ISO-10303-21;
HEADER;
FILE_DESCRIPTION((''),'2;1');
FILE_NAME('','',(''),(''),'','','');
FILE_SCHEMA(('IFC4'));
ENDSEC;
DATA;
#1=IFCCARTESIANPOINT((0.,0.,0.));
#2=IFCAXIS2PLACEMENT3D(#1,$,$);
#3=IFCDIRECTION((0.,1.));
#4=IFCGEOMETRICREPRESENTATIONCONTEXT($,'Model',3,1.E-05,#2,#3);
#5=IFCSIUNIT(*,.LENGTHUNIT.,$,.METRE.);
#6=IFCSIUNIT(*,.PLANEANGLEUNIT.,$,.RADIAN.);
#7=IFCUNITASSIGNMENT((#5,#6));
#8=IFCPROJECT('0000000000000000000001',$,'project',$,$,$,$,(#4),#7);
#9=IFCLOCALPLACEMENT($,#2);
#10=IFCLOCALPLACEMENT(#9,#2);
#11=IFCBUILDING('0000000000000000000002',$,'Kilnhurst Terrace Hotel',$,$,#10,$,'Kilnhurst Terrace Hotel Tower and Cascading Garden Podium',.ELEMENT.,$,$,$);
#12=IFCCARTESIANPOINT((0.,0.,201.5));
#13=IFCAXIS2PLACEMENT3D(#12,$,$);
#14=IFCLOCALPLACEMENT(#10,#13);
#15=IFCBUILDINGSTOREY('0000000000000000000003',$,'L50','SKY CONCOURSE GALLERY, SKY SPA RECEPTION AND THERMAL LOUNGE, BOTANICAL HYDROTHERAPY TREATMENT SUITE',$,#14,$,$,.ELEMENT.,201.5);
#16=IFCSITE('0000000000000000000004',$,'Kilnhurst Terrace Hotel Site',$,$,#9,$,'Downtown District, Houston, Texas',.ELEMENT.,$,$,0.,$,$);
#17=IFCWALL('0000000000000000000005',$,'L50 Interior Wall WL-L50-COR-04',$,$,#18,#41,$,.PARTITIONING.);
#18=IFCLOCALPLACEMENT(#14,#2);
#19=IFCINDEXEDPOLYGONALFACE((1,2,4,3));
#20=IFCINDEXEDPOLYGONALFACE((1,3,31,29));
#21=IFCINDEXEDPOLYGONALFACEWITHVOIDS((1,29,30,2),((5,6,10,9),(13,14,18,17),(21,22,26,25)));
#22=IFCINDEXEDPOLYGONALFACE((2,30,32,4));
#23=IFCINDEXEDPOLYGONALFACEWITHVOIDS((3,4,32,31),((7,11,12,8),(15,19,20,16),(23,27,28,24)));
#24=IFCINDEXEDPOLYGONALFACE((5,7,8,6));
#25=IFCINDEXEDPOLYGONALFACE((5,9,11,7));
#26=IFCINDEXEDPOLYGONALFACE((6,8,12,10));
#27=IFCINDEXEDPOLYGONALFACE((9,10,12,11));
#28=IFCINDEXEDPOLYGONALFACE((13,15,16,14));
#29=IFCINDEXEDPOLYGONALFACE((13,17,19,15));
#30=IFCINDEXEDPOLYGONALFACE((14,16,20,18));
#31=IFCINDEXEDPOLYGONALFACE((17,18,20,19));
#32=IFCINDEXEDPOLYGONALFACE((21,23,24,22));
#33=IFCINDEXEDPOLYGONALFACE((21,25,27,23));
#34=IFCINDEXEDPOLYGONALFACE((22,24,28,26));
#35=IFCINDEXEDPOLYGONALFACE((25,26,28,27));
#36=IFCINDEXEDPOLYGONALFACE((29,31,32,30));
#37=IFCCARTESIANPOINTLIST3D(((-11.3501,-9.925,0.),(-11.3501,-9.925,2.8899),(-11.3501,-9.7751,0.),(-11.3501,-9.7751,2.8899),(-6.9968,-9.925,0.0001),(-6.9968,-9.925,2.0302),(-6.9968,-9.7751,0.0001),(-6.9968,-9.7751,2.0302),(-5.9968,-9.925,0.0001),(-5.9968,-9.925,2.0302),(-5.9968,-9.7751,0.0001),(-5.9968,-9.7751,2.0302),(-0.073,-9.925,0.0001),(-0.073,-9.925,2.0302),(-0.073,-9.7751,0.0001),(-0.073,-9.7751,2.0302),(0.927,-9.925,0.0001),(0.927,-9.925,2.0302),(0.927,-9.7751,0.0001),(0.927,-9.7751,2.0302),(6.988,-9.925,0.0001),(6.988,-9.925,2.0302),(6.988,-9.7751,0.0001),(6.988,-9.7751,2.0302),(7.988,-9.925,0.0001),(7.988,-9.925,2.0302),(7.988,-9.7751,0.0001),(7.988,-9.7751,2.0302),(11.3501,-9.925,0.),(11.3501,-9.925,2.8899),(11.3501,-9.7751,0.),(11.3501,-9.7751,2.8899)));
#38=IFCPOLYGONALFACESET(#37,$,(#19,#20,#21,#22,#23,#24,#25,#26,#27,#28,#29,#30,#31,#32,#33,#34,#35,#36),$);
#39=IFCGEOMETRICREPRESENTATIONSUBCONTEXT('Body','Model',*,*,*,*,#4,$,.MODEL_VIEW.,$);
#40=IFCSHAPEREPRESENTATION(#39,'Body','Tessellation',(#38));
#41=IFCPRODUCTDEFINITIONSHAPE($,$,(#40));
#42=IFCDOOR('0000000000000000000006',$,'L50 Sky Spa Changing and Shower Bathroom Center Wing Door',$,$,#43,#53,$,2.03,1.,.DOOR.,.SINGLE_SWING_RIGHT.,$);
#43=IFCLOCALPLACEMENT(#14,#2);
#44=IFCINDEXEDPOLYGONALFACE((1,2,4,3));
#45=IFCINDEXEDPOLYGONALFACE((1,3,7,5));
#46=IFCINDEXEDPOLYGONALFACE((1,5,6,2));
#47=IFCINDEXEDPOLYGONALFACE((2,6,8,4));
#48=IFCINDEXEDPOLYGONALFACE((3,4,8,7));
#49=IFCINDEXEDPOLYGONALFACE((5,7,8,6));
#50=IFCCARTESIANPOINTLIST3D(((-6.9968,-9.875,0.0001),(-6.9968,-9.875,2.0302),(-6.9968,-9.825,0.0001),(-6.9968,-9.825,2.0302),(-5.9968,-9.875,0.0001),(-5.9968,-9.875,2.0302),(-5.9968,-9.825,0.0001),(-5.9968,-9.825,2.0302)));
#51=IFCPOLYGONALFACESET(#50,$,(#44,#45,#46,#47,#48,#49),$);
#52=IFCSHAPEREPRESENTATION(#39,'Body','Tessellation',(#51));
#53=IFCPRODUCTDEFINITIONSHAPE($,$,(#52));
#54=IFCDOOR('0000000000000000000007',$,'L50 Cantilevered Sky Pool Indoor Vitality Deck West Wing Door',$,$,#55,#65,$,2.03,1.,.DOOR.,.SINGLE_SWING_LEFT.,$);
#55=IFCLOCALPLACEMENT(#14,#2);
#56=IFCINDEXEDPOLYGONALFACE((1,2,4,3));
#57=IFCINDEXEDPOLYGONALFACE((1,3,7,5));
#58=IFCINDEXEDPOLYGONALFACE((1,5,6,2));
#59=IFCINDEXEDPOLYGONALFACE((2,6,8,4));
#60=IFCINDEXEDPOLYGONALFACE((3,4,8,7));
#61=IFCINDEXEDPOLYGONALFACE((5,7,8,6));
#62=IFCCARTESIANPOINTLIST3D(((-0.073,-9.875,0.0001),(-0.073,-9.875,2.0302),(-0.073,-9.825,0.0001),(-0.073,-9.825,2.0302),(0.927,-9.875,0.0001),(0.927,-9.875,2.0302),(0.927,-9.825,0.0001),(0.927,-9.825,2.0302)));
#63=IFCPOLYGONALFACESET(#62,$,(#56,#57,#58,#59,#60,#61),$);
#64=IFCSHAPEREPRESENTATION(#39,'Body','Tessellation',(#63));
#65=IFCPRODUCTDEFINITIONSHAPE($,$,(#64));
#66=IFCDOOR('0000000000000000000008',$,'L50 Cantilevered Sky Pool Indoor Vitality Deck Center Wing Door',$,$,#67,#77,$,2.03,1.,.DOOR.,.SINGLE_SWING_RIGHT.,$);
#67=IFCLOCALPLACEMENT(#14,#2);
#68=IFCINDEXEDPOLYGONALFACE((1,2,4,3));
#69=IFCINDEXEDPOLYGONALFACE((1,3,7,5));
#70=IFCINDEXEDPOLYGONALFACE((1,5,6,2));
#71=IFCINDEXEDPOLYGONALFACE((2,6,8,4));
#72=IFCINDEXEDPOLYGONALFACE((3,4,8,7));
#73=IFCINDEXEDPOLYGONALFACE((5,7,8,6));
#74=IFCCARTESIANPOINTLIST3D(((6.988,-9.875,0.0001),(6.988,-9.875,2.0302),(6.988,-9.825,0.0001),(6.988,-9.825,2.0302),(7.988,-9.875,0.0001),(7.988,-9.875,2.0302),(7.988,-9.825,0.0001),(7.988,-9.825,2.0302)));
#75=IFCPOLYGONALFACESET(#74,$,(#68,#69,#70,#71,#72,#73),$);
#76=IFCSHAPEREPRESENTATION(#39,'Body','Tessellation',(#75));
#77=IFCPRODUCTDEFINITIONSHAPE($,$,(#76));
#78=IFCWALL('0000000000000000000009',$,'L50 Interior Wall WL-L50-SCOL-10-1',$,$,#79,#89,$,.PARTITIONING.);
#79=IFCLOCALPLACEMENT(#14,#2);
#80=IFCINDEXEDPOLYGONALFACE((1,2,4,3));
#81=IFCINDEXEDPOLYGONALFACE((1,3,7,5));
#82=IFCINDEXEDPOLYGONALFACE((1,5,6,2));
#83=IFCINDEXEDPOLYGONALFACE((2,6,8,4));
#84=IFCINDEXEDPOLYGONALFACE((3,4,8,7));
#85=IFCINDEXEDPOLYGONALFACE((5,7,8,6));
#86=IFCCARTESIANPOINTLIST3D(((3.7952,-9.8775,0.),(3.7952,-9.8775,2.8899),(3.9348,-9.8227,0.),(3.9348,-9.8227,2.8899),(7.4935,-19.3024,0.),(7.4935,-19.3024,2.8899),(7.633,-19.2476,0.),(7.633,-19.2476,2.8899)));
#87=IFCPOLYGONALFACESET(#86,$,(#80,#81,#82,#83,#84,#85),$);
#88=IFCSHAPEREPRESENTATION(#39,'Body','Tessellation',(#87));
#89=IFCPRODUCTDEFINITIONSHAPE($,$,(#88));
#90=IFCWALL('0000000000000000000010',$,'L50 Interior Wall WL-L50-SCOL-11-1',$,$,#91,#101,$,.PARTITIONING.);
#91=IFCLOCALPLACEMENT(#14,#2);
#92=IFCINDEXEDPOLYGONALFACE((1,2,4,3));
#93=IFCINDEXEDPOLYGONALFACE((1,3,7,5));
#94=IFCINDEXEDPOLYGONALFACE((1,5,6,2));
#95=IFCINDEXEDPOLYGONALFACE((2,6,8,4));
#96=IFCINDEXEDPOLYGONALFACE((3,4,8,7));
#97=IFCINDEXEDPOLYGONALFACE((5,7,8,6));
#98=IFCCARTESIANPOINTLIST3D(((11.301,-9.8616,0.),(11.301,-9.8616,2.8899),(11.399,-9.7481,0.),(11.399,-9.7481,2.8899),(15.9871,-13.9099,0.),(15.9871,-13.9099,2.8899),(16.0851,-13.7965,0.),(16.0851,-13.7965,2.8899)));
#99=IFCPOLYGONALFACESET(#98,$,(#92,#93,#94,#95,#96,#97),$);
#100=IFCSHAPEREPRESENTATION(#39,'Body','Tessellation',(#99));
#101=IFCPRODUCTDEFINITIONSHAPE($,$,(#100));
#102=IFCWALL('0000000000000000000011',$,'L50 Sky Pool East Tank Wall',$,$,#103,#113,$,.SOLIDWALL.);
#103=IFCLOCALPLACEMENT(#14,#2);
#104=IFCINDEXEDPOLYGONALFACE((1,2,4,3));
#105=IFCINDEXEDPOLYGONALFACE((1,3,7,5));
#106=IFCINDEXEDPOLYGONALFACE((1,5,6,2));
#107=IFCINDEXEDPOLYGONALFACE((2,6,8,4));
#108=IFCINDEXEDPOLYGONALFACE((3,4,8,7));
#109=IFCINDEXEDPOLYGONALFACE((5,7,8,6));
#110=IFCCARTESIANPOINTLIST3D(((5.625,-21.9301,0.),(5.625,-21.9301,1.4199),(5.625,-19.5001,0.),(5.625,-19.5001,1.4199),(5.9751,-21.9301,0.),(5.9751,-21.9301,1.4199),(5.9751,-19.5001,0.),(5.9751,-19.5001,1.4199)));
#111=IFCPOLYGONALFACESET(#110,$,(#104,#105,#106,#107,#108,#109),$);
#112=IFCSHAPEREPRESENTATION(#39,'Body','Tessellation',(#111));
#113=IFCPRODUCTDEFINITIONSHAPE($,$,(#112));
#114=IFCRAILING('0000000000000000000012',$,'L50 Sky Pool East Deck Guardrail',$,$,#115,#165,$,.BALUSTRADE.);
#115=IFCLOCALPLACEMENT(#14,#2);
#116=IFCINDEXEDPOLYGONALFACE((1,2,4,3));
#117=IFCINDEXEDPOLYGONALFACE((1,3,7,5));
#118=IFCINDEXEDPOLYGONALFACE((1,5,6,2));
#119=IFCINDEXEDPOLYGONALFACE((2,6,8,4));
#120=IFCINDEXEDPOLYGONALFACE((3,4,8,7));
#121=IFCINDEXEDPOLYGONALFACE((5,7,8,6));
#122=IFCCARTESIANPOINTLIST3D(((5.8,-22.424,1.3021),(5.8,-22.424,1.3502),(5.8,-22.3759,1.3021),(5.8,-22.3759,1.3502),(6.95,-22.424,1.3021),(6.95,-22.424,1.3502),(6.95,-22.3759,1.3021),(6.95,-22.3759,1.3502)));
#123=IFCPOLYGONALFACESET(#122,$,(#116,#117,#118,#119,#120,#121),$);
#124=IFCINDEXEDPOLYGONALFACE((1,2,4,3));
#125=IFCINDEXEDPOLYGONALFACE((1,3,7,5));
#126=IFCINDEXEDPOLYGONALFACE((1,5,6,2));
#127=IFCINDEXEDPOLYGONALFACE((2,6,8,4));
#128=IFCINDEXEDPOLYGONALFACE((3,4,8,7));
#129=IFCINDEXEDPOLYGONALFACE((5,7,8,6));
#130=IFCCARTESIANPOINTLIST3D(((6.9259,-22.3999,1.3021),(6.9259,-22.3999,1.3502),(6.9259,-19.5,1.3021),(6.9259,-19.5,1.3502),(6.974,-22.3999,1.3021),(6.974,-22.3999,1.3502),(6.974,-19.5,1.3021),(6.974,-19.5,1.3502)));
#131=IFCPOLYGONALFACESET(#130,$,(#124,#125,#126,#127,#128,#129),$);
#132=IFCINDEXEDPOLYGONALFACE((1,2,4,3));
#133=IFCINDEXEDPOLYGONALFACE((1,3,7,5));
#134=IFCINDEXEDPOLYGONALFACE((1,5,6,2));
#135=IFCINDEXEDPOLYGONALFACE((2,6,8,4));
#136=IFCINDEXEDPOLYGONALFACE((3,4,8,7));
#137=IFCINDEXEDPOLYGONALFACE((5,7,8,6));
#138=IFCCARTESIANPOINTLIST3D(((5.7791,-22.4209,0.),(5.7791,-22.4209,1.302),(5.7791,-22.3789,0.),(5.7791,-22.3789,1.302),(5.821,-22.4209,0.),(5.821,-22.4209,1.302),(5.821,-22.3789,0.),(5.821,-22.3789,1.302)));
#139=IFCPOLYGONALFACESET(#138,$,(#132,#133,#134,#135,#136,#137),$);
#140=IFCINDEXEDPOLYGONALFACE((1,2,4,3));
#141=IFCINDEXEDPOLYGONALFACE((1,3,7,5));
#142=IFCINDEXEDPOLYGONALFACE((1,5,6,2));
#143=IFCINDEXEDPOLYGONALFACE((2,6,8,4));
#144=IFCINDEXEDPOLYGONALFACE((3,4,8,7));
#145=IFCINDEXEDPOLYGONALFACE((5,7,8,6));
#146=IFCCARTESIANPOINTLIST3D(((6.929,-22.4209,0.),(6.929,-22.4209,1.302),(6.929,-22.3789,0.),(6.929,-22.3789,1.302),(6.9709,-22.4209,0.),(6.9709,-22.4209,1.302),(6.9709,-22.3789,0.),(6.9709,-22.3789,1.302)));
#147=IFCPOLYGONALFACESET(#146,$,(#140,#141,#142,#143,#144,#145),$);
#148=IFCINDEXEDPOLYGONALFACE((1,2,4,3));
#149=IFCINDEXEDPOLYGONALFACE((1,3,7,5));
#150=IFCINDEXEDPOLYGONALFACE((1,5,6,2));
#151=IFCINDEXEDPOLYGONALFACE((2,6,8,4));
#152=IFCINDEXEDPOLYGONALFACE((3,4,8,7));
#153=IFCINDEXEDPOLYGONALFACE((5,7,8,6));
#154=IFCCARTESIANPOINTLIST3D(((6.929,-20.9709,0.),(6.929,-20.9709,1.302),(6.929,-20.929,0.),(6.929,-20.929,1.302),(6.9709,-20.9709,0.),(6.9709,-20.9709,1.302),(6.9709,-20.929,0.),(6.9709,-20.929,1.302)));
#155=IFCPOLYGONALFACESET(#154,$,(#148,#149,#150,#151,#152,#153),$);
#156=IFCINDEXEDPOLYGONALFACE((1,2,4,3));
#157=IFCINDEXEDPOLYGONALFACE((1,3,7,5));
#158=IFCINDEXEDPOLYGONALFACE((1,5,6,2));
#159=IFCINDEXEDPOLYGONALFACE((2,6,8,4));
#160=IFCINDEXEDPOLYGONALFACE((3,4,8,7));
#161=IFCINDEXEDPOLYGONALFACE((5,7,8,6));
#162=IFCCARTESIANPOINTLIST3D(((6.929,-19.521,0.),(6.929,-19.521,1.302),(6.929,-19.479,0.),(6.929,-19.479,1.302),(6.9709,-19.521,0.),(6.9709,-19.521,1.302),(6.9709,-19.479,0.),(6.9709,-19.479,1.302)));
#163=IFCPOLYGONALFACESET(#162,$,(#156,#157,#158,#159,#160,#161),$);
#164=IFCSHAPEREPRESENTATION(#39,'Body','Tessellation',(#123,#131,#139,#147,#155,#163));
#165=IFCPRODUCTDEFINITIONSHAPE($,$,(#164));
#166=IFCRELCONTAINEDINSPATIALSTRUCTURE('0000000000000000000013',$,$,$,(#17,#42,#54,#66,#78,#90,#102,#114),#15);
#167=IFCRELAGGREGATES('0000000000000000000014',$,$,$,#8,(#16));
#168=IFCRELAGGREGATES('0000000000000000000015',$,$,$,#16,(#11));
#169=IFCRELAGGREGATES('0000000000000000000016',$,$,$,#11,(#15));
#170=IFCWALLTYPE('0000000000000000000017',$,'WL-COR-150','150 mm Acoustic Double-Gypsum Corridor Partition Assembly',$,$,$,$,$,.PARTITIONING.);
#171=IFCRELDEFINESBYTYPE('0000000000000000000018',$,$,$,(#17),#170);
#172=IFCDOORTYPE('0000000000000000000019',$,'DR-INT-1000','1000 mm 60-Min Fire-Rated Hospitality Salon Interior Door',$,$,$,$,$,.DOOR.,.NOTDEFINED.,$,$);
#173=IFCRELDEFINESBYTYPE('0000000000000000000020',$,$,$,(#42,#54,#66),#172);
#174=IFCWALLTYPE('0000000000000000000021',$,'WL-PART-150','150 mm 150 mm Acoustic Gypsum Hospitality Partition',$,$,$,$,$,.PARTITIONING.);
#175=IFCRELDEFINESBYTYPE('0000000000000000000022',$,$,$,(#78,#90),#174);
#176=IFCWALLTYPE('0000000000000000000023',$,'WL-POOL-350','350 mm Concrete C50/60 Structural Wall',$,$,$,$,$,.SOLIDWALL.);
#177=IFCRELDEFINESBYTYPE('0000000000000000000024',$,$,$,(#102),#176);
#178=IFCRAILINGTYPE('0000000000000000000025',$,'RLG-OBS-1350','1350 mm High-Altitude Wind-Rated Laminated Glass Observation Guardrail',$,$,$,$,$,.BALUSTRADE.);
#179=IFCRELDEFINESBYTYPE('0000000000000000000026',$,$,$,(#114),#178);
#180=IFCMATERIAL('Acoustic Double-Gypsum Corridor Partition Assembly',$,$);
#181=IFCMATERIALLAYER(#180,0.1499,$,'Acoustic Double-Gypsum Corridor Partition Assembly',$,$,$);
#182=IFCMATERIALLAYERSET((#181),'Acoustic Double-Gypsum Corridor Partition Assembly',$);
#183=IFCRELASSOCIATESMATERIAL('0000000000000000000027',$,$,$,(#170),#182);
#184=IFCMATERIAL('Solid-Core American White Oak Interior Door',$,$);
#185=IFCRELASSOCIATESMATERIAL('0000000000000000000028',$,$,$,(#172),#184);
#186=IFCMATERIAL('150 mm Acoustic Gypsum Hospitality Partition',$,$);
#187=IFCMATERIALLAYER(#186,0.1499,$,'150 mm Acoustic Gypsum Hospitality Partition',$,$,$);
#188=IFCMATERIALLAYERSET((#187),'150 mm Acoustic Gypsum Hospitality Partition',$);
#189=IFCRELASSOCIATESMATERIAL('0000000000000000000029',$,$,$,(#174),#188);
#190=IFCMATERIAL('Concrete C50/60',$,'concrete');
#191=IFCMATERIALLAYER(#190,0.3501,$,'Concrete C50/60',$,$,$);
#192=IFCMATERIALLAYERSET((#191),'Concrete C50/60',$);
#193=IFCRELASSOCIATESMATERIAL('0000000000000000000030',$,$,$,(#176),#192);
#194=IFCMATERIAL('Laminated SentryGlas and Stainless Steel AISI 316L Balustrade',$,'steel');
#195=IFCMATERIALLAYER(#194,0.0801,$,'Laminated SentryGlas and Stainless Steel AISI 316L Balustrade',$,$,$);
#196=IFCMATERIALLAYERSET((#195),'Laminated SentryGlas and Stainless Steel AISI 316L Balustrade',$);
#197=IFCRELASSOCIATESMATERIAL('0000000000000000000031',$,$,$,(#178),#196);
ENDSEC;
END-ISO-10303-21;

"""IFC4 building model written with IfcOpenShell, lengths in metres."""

from ifc_helpers import new_model, si_unit, direction, frame, frame_2d, origin, origin_2d, place, context, subcontext, project, spatial, rectangle, extrude, material, layer, layer_set, type_object, element, fill, save


model = new_model("IFC4")

# Units and contexts
model_context = context("Model", 3, precision=1e-05, world=origin(), true_north=direction((0.0, 1.0)))
body_context = subcontext(model_context, "Body", "Model", "MODEL_VIEW")
ifc_project = project(units=[si_unit("LENGTHUNIT", "METRE"), si_unit("PLANEANGLEUNIT", "RADIAN")], contexts=[model_context])

# Site, building, storey
site_placement = place(None, origin())
site = spatial("IfcSite", under=ifc_project, at=site_placement, Name="Kilnhurst Terrace Hotel Site", LongName="Downtown District, Houston, Texas", CompositionType="ELEMENT", RefElevation=0.0)
building_placement = place(site_placement, origin())
building = spatial("IfcBuilding", under=site, at=building_placement, Name="Kilnhurst Terrace Hotel", LongName="Kilnhurst Terrace Hotel Tower and Cascading Garden Podium", CompositionType="ELEMENT")
storey_placement = place(building_placement, frame((0.0, 0.0, 201.5)))
storey = spatial("IfcBuildingStorey", under=building, at=storey_placement, Name="L50", Description="SKY CONCOURSE GALLERY, SKY SPA RECEPTION AND THERMAL LOUNGE, BOTANICAL HYDROTHERAPY TREATMENT SUITE", CompositionType="ELEMENT", Elevation=201.5)

# Shared definitions
ifc_material_1 = material(Name="Concrete C50/60", Category="concrete")

# Wall, openings, doors
ifc_material_2 = material(Name="Acoustic Double-Gypsum Corridor Partition Assembly")
ifc_layer_1 = layer(ifc_material_2, 0.1499, Name="Acoustic Double-Gypsum Corridor Partition Assembly")
ifc_layer_set_1 = layer_set([ifc_layer_1], Name="Acoustic Double-Gypsum Corridor Partition Assembly")
wall_type_1 = type_object("IfcWallType", Name="WL-COR-150", Description="150 mm Acoustic Double-Gypsum Corridor Partition Assembly", PredefinedType="PARTITIONING", material=ifc_layer_set_1)
wall_1_placement = place(storey_placement, frame((11.3501, -9.8501, 0.0), z_axis=(0.0, 0.0, 1.0), x_axis=(-1.0, 0.0, 0.0)))
wall_1 = element("IfcWall", 1, at=wall_1_placement, inside=storey, type_object=wall_type_1, Name="L50 Interior Wall WL-L50-COR-04", PredefinedType="PARTITIONING", context=body_context, shape_type="SweptSolid", body=[
    extrude(rectangle(XDim=22.7002, YDim=0.1499, at=frame_2d((11.3501, 0.0))), origin(), (0.0, 0.0, 1.0), 2.8899),
])
opening_1_placement = place(wall_1_placement, frame((17.3469, 0.0, 0.0)))
opening_1 = element("IfcOpeningElement", 2, at=opening_1_placement, cuts=wall_1, PredefinedType="OPENING", context=body_context, shape_type="SweptSolid", body=[
    extrude(rectangle(XDim=1.0, YDim=2.03, at=frame_2d((0.5, 1.0151))), frame((0.0, 0.085, 0.0), z_axis=(0.0, -1.0, 0.0), x_axis=(1.0, 0.0, 0.0)), (0.0, 0.0, 1.0), 0.1699),
])
opening_2_placement = place(wall_1_placement, frame((10.4231, 0.0, 0.0)))
opening_2 = element("IfcOpeningElement", 3, at=opening_2_placement, cuts=wall_1, PredefinedType="OPENING", context=body_context, shape_type="SweptSolid", body=[
    extrude(rectangle(XDim=1.0, YDim=2.03, at=frame_2d((0.5, 1.0151))), frame((0.0, 0.085, 0.0), z_axis=(0.0, -1.0, 0.0), x_axis=(1.0, 0.0, 0.0)), (0.0, 0.0, 1.0), 0.1699),
])
opening_3_placement = place(wall_1_placement, frame((3.3621, 0.0, 0.0)))
opening_3 = element("IfcOpeningElement", 4, at=opening_3_placement, cuts=wall_1, PredefinedType="OPENING", context=body_context, shape_type="SweptSolid", body=[
    extrude(rectangle(XDim=1.0, YDim=2.03, at=frame_2d((0.5, 1.0151))), frame((0.0, 0.085, 0.0), z_axis=(0.0, -1.0, 0.0), x_axis=(1.0, 0.0, 0.0)), (0.0, 0.0, 1.0), 0.1699),
])
ifc_material_3 = material(Name="Solid-Core American White Oak Interior Door")
door_type = type_object("IfcDoorType", Name="DR-INT-1000", Description="1000 mm 60-Min Fire-Rated Hospitality Salon Interior Door", OperationType="NOTDEFINED", PredefinedType="DOOR", material=ifc_material_3)
door_1_placement = place(opening_1_placement, origin())
door_1 = element("IfcDoor", 5, at=door_1_placement, inside=storey, type_object=door_type, Name="L50 Sky Spa Changing and Shower Bathroom Center Wing Door", OperationType="SINGLE_SWING_RIGHT", OverallHeight=2.03, OverallWidth=1.0, PredefinedType="DOOR", context=body_context, shape_type="SweptSolid", body=[
    extrude(rectangle(XDim=1.0, YDim=2.03, at=frame_2d((0.5, 1.0151))), frame((0.0, 0.0249, 0.0), z_axis=(0.0, -1.0, 0.0), x_axis=(1.0, 0.0, 0.0)), (0.0, 0.0, 1.0), 0.05),
])
fill(opening_1, door_1)
door_2_placement = place(opening_2_placement, origin())
door_2 = element("IfcDoor", 6, at=door_2_placement, inside=storey, type_object=door_type, Name="L50 Cantilevered Sky Pool Indoor Vitality Deck West Wing Door", OperationType="SINGLE_SWING_LEFT", OverallHeight=2.03, OverallWidth=1.0, PredefinedType="DOOR", context=body_context, shape_type="SweptSolid", body=[
    extrude(rectangle(XDim=1.0, YDim=2.03, at=frame_2d((0.5, 1.0151))), frame((0.0, 0.0249, 0.0), z_axis=(0.0, -1.0, 0.0), x_axis=(1.0, 0.0, 0.0)), (0.0, 0.0, 1.0), 0.05),
])
fill(opening_2, door_2)
door_3_placement = place(opening_3_placement, origin())
door_3 = element("IfcDoor", 7, at=door_3_placement, inside=storey, type_object=door_type, Name="L50 Cantilevered Sky Pool Indoor Vitality Deck Center Wing Door", OperationType="SINGLE_SWING_RIGHT", OverallHeight=2.03, OverallWidth=1.0, PredefinedType="DOOR", context=body_context, shape_type="SweptSolid", body=[
    extrude(rectangle(XDim=1.0, YDim=2.03, at=frame_2d((0.5, 1.0151))), frame((0.0, 0.0249, 0.0), z_axis=(0.0, -1.0, 0.0), x_axis=(1.0, 0.0, 0.0)), (0.0, 0.0, 1.0), 0.05),
])
fill(opening_3, door_3)

# Walls
ifc_material_4 = material(Name="150 mm Acoustic Gypsum Hospitality Partition")
ifc_layer_2 = layer(ifc_material_4, 0.1499, Name="150 mm Acoustic Gypsum Hospitality Partition")
ifc_layer_set_2 = layer_set([ifc_layer_2], Name="150 mm Acoustic Gypsum Hospitality Partition")
wall_type_2 = type_object("IfcWallType", Name="WL-PART-150", Description="150 mm 150 mm Acoustic Gypsum Hospitality Partition", PredefinedType="PARTITIONING", material=ifc_layer_set_2)
wall_2_placement = place(storey_placement, frame((3.865, -9.8501, 0.0), z_axis=(0.0, 0.0, 1.0), x_axis=(0.365279, -0.930898, 0.0)))
element("IfcWall", 8, at=wall_2_placement, inside=storey, type_object=wall_type_2, Name="L50 Interior Wall WL-L50-SCOL-10-1", PredefinedType="PARTITIONING", context=body_context, shape_type="SweptSolid", body=[
    extrude(rectangle(XDim=10.1245, YDim=0.1499, at=frame_2d((5.0623, 0.0))), origin(), (0.0, 0.0, 1.0), 2.8899),
])
wall_3_placement = place(storey_placement, frame((11.3501, -9.8049, 0.0), z_axis=(0.0, 0.0, 1.0), x_axis=(0.756718, -0.653741, 0.0)))
element("IfcWall", 9, at=wall_3_placement, inside=storey, type_object=wall_type_2, Name="L50 Interior Wall WL-L50-SCOL-11-1", PredefinedType="PARTITIONING", context=body_context, shape_type="SweptSolid", body=[
    extrude(rectangle(XDim=6.1926, YDim=0.1499, at=frame_2d((3.0962, 0.0))), origin(), (0.0, 0.0, 1.0), 2.8899),
])
ifc_layer_3 = layer(ifc_material_1, 0.3501, Name="Concrete C50/60")
ifc_layer_set_3 = layer_set([ifc_layer_3], Name="Concrete C50/60")
wall_type_3 = type_object("IfcWallType", Name="WL-POOL-350", Description="350 mm Concrete C50/60 Structural Wall", PredefinedType="SOLIDWALL", material=ifc_layer_set_3)
wall_4_placement = place(storey_placement, frame((5.8, -21.9299, 0.0), z_axis=(0.0, 0.0, 1.0), x_axis=(0.0, 1.0, 0.0)))
element("IfcWall", 10, at=wall_4_placement, inside=storey, type_object=wall_type_3, Name="L50 Sky Pool East Tank Wall", PredefinedType="SOLIDWALL", context=body_context, shape_type="SweptSolid", body=[
    extrude(rectangle(XDim=2.4299, YDim=0.3501, at=frame_2d((1.2148, 0.0))), origin(), (0.0, 0.0, 1.0), 1.4199),
])

# Railing
ifc_material_5 = material(Name="Laminated SentryGlas and Stainless Steel AISI 316L Balustrade", Category="steel")
ifc_layer_4 = layer(ifc_material_5, 0.0801, Name="Laminated SentryGlas and Stainless Steel AISI 316L Balustrade")
ifc_layer_set_4 = layer_set([ifc_layer_4], Name="Laminated SentryGlas and Stainless Steel AISI 316L Balustrade")
railing_type = type_object("IfcRailingType", Name="RLG-OBS-1350", Description="1350 mm High-Altitude Wind-Rated Laminated Glass Observation Guardrail", PredefinedType="BALUSTRADE", material=ifc_layer_set_4)
railing_placement = place(storey_placement, frame((5.8, -22.3999, 0.0)))
element("IfcRailing", 11, at=railing_placement, inside=storey, type_object=railing_type, Name="L50 Sky Pool East Deck Guardrail", PredefinedType="BALUSTRADE", context=body_context, shape_type="SweptSolid", body=[
    extrude(rectangle(XDim=0.0481, YDim=0.0481, at=origin_2d()), frame((0.0, 0.0, 1.3262), z_axis=(1.0, 0.0, 0.0), x_axis=(0.0, 1.0, 0.0)), (0.0, 0.0, 1.0), 1.1499),
    extrude(rectangle(XDim=0.0481, YDim=0.0481, at=origin_2d()), frame((1.1499, 0.0, 1.3262), z_axis=(0.0, 1.0, 0.0), x_axis=(-1.0, 0.0, 0.0)), (0.0, 0.0, 1.0), 2.8999),
    extrude(rectangle(XDim=0.042, YDim=0.042, at=origin_2d()), origin(), (0.0, 0.0, 1.0), 1.302),
    extrude(rectangle(XDim=0.042, YDim=0.042, at=origin_2d()), frame((1.1499, 0.0, 0.0)), (0.0, 0.0, 1.0), 1.302),
    extrude(rectangle(XDim=0.042, YDim=0.042, at=origin_2d()), frame((1.1499, 1.45, 0.0)), (0.0, 0.0, 1.0), 1.302),
    extrude(rectangle(XDim=0.042, YDim=0.042, at=origin_2d()), frame((1.1499, 2.8999, 0.0)), (0.0, 0.0, 1.0), 1.302),
])

save(model, "model.ifc")
